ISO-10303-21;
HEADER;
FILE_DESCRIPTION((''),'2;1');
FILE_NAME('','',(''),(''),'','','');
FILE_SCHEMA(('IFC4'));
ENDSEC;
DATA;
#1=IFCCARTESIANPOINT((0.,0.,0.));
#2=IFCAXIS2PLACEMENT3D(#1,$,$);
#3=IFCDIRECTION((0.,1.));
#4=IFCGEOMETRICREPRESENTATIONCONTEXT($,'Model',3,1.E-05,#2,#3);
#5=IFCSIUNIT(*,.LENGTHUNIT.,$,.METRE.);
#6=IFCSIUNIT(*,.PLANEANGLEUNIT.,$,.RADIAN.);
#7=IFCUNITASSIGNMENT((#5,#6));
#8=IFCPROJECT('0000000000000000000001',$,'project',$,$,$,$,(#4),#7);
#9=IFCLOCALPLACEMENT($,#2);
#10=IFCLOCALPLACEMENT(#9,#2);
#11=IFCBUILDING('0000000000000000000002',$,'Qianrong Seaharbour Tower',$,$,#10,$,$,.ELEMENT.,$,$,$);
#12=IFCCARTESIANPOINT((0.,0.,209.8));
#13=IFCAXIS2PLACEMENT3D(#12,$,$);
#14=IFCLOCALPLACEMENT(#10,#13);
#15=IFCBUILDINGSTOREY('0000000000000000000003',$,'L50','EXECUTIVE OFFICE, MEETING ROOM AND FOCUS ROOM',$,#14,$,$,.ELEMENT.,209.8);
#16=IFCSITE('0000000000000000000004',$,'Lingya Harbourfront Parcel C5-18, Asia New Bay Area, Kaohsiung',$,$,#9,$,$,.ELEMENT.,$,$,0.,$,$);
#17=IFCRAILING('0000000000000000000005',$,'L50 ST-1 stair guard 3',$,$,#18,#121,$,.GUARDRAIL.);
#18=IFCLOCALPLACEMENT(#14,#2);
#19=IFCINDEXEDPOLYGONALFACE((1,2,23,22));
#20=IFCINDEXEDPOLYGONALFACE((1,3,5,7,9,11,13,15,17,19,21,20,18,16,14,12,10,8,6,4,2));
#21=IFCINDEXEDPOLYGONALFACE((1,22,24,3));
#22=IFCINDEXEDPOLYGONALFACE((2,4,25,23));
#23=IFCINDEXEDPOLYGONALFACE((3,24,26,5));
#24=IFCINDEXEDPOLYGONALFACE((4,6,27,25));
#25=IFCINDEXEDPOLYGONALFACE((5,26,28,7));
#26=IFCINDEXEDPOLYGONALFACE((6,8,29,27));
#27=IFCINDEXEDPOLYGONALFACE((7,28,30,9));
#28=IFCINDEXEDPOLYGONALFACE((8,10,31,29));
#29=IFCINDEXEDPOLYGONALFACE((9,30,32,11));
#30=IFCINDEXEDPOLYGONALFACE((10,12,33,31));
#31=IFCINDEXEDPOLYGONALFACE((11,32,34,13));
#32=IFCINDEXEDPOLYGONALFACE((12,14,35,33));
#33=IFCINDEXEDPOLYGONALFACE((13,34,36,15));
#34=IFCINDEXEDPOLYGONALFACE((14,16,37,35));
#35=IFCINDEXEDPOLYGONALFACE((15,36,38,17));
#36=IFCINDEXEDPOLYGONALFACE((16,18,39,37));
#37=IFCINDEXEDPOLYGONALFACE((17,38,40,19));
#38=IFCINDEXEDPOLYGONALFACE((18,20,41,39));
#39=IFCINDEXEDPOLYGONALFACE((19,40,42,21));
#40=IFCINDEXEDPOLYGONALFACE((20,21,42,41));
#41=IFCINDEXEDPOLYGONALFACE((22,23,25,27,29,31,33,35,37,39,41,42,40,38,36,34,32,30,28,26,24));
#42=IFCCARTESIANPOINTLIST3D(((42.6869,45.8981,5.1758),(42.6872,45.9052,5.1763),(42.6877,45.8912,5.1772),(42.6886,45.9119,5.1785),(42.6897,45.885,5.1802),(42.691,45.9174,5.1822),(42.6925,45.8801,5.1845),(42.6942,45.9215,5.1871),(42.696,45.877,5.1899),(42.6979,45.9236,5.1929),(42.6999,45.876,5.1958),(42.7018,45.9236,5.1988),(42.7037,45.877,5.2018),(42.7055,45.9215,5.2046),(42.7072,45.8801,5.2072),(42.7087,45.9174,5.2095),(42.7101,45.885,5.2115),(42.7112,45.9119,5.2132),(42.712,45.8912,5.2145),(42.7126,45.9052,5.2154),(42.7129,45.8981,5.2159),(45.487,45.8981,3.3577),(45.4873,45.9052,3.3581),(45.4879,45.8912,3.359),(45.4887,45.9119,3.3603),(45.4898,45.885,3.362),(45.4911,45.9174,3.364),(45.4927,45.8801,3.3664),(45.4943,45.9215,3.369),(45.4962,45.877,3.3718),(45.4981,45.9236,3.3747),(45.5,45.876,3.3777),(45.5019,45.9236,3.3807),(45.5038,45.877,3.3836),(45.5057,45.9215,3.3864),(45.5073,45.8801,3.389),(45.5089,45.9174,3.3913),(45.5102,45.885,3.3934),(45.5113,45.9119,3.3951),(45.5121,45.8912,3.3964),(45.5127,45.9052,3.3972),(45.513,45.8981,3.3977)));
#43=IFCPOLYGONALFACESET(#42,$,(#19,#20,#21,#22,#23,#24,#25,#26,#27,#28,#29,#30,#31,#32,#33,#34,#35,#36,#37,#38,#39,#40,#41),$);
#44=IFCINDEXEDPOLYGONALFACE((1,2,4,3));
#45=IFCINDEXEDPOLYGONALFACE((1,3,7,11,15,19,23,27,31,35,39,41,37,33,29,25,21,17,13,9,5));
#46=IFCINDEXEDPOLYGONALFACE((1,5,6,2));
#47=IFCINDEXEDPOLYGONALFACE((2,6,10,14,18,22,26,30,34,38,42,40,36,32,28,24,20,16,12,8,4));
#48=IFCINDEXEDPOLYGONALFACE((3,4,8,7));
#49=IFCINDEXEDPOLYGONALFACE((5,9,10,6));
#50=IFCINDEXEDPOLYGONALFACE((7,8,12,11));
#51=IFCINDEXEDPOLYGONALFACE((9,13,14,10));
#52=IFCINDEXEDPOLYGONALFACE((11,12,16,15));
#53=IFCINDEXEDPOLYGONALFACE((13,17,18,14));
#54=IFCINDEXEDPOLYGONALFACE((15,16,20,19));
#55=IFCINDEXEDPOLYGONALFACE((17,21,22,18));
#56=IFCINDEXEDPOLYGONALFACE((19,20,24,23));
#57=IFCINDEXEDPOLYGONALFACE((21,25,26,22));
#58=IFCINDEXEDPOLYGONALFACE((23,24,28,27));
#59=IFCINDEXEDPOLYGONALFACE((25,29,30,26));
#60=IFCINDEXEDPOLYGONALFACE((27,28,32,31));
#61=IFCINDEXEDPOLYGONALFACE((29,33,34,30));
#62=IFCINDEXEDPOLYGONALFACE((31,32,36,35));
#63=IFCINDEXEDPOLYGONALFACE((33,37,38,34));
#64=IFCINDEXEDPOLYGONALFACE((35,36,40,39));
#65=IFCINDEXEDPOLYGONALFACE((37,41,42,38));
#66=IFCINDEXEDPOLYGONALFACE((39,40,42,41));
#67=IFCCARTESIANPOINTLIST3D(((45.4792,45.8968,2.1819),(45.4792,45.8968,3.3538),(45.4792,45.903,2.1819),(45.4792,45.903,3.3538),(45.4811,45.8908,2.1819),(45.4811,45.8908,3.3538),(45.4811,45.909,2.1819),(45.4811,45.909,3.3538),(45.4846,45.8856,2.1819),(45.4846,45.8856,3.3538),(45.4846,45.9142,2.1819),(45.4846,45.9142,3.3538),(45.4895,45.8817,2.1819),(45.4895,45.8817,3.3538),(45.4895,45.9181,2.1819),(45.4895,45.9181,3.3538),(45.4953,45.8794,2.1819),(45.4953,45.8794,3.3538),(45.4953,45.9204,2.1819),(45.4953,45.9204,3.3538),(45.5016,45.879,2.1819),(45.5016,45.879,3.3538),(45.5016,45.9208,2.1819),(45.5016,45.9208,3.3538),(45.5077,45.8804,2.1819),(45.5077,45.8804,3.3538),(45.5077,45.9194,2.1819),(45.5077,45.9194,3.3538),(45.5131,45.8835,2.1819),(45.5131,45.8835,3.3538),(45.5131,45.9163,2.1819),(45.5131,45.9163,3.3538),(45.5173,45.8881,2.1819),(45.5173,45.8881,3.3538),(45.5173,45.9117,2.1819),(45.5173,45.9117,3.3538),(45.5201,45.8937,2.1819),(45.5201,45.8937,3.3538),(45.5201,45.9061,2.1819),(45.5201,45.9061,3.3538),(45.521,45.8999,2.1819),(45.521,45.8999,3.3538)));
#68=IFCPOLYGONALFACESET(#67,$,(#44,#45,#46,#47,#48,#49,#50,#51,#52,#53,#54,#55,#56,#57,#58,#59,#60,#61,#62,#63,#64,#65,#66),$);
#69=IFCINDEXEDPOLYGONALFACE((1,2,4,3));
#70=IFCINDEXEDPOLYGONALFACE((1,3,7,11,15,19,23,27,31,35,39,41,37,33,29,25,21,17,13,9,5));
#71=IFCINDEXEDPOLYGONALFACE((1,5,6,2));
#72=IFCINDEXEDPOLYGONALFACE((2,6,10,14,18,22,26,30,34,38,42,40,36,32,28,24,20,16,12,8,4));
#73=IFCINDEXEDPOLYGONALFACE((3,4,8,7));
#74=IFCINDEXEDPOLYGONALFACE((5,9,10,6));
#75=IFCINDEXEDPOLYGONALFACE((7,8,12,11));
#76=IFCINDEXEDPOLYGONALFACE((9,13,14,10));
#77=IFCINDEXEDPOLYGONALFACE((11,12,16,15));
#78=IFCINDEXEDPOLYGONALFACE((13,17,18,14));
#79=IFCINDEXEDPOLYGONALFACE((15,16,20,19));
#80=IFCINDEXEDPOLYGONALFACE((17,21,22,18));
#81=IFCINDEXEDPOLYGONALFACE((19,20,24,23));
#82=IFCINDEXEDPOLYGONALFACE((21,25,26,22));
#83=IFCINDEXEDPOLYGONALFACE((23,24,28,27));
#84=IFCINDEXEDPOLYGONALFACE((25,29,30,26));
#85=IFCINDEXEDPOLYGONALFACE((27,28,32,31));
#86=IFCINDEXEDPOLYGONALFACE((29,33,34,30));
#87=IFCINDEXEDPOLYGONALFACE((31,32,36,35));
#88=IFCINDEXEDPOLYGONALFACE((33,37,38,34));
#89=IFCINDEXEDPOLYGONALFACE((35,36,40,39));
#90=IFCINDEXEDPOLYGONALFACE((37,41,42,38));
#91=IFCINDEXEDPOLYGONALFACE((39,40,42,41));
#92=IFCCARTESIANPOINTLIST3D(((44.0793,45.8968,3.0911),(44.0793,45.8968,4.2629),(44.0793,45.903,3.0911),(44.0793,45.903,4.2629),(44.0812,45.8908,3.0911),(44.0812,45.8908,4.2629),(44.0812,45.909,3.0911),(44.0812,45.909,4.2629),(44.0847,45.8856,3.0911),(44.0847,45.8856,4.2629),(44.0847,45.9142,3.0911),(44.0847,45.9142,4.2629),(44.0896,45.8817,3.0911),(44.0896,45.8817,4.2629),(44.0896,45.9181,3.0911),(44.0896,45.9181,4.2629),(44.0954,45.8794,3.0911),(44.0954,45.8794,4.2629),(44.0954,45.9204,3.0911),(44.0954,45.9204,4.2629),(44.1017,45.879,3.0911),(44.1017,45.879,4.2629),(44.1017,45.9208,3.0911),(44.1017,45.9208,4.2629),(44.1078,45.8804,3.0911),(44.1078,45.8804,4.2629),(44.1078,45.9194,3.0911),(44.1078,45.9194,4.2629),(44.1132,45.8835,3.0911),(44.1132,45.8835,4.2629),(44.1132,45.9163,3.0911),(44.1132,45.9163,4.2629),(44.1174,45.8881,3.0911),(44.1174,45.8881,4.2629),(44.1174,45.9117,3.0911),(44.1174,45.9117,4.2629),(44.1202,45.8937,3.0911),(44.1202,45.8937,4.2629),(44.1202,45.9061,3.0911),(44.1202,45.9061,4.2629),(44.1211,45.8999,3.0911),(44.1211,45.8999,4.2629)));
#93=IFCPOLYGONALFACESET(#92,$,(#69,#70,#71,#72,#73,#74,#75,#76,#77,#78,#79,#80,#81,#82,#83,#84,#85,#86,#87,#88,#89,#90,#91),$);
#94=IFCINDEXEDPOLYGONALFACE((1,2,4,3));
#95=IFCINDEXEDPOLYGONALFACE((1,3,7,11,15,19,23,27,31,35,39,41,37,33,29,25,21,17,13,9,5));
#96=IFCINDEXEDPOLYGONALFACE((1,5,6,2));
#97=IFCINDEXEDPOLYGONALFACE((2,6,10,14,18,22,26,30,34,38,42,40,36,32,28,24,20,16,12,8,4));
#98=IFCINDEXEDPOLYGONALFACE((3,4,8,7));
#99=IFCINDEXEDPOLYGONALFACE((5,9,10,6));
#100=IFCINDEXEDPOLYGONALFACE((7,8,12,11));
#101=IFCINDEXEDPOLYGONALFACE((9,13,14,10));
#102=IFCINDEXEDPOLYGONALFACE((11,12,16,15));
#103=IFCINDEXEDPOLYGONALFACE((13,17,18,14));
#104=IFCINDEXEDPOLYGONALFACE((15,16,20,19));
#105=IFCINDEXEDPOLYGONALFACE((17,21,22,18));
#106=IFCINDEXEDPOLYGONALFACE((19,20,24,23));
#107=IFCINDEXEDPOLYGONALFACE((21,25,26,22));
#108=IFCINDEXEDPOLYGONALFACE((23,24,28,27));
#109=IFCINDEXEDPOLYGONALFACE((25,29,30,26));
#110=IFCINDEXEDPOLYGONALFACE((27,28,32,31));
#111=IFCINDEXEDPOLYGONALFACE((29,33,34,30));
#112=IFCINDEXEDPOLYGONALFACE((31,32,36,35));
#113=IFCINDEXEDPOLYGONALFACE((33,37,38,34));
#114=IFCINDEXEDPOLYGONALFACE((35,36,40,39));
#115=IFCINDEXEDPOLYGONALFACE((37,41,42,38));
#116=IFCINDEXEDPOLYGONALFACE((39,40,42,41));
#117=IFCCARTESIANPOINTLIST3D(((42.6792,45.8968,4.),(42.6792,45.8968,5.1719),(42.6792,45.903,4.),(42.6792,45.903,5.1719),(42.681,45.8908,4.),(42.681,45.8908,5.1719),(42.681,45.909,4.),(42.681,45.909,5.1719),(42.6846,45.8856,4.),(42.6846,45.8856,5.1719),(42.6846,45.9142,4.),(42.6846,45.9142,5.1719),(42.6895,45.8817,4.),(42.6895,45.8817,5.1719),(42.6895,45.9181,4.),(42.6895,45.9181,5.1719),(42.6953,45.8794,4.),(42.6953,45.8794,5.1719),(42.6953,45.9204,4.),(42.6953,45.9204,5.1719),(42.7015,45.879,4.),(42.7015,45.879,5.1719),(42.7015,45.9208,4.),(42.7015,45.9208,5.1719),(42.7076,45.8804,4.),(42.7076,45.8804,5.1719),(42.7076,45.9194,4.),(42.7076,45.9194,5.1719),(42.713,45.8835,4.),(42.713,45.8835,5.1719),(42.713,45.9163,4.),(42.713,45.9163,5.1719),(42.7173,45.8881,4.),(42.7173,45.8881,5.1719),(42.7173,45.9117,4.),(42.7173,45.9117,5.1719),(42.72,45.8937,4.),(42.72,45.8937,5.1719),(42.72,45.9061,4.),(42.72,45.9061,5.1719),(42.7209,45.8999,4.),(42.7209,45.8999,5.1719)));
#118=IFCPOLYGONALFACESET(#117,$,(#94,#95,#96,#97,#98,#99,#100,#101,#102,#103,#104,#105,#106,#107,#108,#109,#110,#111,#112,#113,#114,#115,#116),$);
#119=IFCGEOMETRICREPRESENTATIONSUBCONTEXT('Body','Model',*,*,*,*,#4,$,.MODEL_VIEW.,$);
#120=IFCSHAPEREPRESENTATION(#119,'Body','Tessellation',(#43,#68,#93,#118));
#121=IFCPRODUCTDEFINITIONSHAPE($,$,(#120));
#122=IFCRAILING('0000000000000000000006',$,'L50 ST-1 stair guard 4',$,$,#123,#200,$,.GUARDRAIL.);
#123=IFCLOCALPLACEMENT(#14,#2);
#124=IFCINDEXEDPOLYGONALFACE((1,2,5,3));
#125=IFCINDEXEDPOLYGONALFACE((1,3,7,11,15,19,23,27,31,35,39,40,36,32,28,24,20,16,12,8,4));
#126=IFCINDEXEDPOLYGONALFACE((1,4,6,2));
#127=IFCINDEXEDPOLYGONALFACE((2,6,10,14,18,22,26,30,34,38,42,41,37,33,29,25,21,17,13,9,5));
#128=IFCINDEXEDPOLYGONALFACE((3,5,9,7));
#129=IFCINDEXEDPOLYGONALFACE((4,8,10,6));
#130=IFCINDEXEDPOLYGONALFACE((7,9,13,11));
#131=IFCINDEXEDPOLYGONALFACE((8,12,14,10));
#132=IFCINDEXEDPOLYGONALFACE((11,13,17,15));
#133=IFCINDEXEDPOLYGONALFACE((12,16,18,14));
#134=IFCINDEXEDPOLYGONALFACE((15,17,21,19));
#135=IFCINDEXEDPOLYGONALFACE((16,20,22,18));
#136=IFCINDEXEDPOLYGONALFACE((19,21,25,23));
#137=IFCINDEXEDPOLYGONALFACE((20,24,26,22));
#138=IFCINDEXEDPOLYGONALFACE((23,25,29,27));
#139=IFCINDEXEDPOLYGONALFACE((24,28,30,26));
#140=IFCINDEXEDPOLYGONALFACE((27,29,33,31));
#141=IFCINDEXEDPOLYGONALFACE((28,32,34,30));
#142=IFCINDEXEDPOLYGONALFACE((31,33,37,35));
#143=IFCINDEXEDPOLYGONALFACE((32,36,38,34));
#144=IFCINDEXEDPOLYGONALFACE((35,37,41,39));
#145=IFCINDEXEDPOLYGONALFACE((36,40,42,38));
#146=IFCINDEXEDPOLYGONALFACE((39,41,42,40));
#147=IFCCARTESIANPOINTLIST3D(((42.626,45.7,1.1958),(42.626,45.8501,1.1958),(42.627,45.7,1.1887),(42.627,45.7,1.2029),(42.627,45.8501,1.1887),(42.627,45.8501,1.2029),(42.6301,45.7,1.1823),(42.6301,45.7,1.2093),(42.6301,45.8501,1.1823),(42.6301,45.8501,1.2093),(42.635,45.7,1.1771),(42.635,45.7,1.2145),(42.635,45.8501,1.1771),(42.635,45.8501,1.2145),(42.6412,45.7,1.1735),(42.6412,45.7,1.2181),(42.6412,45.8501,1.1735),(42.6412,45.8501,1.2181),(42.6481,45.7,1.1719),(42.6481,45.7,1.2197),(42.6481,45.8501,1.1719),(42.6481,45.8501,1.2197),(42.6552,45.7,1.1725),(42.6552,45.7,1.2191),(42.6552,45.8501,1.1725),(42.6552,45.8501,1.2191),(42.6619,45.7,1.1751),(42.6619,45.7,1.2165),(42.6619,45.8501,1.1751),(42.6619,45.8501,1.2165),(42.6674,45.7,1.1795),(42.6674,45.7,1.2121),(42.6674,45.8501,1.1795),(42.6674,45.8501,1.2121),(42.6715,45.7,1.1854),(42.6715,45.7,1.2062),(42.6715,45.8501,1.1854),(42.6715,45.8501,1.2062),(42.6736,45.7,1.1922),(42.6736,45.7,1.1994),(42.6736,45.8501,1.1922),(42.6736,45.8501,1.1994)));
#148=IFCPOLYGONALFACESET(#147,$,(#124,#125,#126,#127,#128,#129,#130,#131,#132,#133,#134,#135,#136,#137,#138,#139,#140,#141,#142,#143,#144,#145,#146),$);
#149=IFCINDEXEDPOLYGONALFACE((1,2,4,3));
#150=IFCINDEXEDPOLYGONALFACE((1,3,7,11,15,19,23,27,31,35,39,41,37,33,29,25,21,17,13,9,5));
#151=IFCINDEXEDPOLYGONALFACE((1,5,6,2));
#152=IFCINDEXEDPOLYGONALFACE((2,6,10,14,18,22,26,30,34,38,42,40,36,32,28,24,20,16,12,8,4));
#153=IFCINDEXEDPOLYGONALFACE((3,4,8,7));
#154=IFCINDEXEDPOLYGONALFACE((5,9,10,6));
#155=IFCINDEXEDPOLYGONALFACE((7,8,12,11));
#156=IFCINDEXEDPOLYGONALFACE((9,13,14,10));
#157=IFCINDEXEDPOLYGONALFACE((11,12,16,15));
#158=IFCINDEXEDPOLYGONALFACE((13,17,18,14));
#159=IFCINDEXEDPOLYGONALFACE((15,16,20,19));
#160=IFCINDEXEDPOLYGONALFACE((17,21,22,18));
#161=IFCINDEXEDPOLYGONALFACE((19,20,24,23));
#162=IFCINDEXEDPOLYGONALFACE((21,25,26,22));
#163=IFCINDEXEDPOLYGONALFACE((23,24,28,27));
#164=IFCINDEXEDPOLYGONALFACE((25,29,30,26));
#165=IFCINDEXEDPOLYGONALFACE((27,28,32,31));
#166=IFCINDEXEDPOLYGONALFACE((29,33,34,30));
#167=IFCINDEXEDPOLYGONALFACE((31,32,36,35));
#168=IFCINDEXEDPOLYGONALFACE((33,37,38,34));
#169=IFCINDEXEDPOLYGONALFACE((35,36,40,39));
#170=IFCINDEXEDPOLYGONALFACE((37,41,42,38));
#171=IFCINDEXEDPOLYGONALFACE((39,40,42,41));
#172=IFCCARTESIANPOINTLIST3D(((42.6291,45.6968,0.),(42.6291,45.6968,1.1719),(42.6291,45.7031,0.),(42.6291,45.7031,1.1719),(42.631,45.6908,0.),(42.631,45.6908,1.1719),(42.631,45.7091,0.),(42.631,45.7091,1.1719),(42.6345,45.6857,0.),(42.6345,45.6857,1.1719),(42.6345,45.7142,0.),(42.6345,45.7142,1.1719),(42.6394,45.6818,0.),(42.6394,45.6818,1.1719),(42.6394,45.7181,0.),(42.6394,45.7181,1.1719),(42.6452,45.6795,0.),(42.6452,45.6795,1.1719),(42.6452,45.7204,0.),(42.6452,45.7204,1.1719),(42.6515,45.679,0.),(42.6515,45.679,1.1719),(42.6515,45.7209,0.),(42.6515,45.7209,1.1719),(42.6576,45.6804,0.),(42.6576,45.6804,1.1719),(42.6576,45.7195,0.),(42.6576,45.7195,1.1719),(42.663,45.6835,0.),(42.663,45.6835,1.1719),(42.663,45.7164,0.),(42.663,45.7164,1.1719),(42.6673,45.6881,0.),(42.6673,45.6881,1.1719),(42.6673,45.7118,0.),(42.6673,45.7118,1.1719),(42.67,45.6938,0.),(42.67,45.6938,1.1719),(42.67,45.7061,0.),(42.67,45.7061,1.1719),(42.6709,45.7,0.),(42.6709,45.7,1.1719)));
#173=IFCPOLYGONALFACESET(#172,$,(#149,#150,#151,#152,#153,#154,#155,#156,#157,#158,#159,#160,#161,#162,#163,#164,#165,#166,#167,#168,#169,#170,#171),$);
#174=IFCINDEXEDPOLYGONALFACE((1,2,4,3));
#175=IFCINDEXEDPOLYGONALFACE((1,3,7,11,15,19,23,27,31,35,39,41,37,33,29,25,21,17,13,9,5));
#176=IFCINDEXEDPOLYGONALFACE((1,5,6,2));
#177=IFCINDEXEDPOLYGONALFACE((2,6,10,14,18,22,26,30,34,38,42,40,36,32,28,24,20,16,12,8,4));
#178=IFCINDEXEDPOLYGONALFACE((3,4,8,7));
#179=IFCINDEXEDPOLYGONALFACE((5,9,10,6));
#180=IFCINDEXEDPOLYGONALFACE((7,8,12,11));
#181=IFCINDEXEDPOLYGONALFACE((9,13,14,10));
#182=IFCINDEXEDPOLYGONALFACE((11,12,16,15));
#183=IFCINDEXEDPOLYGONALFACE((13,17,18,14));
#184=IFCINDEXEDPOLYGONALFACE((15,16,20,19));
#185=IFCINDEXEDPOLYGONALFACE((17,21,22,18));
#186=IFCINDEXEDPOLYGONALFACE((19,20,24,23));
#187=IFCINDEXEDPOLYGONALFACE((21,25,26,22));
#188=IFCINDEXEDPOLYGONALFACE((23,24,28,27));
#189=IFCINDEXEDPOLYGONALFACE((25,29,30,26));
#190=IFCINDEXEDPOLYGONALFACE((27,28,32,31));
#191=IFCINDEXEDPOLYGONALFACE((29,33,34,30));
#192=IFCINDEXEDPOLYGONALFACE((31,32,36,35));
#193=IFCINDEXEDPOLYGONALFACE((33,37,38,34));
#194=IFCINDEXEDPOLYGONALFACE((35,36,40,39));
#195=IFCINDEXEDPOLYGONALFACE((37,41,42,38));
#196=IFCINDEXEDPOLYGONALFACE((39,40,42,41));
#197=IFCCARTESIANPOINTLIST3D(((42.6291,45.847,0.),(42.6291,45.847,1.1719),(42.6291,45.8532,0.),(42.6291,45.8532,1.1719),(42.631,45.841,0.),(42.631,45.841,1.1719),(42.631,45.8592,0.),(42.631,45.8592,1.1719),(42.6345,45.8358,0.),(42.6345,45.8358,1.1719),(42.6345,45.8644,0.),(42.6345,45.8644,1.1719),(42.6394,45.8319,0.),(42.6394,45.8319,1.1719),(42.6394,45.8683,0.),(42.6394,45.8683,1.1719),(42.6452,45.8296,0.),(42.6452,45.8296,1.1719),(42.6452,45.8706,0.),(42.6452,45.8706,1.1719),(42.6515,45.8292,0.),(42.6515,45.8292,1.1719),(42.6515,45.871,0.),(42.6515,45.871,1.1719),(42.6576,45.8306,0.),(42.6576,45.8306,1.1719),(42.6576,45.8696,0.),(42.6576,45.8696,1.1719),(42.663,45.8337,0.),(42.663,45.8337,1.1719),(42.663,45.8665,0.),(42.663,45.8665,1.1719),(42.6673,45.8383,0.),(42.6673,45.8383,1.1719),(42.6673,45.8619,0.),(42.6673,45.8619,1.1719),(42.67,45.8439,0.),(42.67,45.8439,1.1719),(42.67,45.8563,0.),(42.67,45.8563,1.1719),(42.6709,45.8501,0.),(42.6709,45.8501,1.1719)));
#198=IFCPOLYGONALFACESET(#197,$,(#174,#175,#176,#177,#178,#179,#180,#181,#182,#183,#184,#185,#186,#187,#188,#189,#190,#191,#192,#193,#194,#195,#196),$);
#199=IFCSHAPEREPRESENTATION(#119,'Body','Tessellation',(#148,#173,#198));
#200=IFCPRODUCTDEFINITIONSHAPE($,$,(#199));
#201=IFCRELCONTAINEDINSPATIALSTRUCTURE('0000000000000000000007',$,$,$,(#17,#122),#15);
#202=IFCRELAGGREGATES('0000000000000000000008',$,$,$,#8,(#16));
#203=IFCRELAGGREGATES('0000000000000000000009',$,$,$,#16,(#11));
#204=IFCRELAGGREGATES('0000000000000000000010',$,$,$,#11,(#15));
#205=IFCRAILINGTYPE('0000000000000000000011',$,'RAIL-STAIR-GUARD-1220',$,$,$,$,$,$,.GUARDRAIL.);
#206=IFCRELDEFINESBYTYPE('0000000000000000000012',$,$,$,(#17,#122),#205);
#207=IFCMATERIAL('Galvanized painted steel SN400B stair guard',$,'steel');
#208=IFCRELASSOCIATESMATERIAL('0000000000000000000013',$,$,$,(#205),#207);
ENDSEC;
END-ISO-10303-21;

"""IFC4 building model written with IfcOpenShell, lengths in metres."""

from ifc_helpers import new_model, si_unit, direction, frame, origin, origin_2d, place, context, subcontext, project, spatial, circle, extrude, material, type_object, element, save


model = new_model("IFC4")

# Units and contexts
model_context = context("Model", 3, precision=1e-05, world=origin(), true_north=direction((0.0, 1.0)))
body_context = subcontext(model_context, "Body", "Model", "MODEL_VIEW")
ifc_project = project(units=[si_unit("LENGTHUNIT", "METRE"), si_unit("PLANEANGLEUNIT", "RADIAN")], contexts=[model_context])

# Site, building, storey
site_placement = place(None, origin())
site = spatial("IfcSite", under=ifc_project, at=site_placement, Name="Lingya Harbourfront Parcel C5-18, Asia New Bay Area, Kaohsiung", CompositionType="ELEMENT", RefElevation=0.0)
building_placement = place(site_placement, origin())
building = spatial("IfcBuilding", under=site, at=building_placement, Name="Qianrong Seaharbour Tower", CompositionType="ELEMENT")
storey_placement = place(building_placement, frame((0.0, 0.0, 209.8)))
storey = spatial("IfcBuildingStorey", under=building, at=storey_placement, Name="L50", Description="EXECUTIVE OFFICE, MEETING ROOM AND FOCUS ROOM", CompositionType="ELEMENT", Elevation=209.8)

# Railings
ifc_material_1 = material(Name="Galvanized painted steel SN400B stair guard", Category="steel")
railing_type_1 = type_object("IfcRailingType", Name="RAIL-STAIR-GUARD-1220", PredefinedType="GUARDRAIL", material=ifc_material_1)
railing_1_placement = place(storey_placement, frame((45.5, 45.8999, 2.1819)))
element("IfcRailing", 1, at=railing_1_placement, inside=storey, type_object=railing_type_1, Name="L50 ST-1 stair guard 3", PredefinedType="GUARDRAIL", context=body_context, shape_type="SweptSolid", body=[
    extrude(circle(Radius=0.0239, at=origin_2d()), frame((0.0, 0.0, 1.1958), z_axis=(-0.838706, 0.0, 0.544585), x_axis=(0.0, -1.0, 0.0)), (0.0, 0.0, 1.0), 3.3386),
    extrude(circle(Radius=0.021, at=origin_2d()), origin(), (0.0, 0.0, 1.0), 1.1719),
    extrude(circle(Radius=0.021, at=origin_2d()), frame((-1.3999, 0.0, 0.9092)), (0.0, 0.0, 1.0), 1.1719),
    extrude(circle(Radius=0.021, at=origin_2d()), frame((-2.8, 0.0, 1.8181)), (0.0, 0.0, 1.0), 1.1719),
])
railing_2_placement = place(storey_placement, frame((42.6499, 45.7, 0.0)))
element("IfcRailing", 2, at=railing_2_placement, inside=storey, type_object=railing_type_1, Name="L50 ST-1 stair guard 4", PredefinedType="GUARDRAIL", context=body_context, shape_type="SweptSolid", body=[
    extrude(circle(Radius=0.0239, at=origin_2d()), frame((0.0, 0.0, 1.1958), z_axis=(0.0, 1.0, 0.0), x_axis=(-1.0, 0.0, 0.0)), (0.0, 0.0, 1.0), 0.1501),
    extrude(circle(Radius=0.021, at=origin_2d()), origin(), (0.0, 0.0, 1.0), 1.1719),
    extrude(circle(Radius=0.021, at=origin_2d()), frame((0.0, 0.1501, 0.0)), (0.0, 0.0, 1.0), 1.1719),
])

save(model, "model.ifc")
